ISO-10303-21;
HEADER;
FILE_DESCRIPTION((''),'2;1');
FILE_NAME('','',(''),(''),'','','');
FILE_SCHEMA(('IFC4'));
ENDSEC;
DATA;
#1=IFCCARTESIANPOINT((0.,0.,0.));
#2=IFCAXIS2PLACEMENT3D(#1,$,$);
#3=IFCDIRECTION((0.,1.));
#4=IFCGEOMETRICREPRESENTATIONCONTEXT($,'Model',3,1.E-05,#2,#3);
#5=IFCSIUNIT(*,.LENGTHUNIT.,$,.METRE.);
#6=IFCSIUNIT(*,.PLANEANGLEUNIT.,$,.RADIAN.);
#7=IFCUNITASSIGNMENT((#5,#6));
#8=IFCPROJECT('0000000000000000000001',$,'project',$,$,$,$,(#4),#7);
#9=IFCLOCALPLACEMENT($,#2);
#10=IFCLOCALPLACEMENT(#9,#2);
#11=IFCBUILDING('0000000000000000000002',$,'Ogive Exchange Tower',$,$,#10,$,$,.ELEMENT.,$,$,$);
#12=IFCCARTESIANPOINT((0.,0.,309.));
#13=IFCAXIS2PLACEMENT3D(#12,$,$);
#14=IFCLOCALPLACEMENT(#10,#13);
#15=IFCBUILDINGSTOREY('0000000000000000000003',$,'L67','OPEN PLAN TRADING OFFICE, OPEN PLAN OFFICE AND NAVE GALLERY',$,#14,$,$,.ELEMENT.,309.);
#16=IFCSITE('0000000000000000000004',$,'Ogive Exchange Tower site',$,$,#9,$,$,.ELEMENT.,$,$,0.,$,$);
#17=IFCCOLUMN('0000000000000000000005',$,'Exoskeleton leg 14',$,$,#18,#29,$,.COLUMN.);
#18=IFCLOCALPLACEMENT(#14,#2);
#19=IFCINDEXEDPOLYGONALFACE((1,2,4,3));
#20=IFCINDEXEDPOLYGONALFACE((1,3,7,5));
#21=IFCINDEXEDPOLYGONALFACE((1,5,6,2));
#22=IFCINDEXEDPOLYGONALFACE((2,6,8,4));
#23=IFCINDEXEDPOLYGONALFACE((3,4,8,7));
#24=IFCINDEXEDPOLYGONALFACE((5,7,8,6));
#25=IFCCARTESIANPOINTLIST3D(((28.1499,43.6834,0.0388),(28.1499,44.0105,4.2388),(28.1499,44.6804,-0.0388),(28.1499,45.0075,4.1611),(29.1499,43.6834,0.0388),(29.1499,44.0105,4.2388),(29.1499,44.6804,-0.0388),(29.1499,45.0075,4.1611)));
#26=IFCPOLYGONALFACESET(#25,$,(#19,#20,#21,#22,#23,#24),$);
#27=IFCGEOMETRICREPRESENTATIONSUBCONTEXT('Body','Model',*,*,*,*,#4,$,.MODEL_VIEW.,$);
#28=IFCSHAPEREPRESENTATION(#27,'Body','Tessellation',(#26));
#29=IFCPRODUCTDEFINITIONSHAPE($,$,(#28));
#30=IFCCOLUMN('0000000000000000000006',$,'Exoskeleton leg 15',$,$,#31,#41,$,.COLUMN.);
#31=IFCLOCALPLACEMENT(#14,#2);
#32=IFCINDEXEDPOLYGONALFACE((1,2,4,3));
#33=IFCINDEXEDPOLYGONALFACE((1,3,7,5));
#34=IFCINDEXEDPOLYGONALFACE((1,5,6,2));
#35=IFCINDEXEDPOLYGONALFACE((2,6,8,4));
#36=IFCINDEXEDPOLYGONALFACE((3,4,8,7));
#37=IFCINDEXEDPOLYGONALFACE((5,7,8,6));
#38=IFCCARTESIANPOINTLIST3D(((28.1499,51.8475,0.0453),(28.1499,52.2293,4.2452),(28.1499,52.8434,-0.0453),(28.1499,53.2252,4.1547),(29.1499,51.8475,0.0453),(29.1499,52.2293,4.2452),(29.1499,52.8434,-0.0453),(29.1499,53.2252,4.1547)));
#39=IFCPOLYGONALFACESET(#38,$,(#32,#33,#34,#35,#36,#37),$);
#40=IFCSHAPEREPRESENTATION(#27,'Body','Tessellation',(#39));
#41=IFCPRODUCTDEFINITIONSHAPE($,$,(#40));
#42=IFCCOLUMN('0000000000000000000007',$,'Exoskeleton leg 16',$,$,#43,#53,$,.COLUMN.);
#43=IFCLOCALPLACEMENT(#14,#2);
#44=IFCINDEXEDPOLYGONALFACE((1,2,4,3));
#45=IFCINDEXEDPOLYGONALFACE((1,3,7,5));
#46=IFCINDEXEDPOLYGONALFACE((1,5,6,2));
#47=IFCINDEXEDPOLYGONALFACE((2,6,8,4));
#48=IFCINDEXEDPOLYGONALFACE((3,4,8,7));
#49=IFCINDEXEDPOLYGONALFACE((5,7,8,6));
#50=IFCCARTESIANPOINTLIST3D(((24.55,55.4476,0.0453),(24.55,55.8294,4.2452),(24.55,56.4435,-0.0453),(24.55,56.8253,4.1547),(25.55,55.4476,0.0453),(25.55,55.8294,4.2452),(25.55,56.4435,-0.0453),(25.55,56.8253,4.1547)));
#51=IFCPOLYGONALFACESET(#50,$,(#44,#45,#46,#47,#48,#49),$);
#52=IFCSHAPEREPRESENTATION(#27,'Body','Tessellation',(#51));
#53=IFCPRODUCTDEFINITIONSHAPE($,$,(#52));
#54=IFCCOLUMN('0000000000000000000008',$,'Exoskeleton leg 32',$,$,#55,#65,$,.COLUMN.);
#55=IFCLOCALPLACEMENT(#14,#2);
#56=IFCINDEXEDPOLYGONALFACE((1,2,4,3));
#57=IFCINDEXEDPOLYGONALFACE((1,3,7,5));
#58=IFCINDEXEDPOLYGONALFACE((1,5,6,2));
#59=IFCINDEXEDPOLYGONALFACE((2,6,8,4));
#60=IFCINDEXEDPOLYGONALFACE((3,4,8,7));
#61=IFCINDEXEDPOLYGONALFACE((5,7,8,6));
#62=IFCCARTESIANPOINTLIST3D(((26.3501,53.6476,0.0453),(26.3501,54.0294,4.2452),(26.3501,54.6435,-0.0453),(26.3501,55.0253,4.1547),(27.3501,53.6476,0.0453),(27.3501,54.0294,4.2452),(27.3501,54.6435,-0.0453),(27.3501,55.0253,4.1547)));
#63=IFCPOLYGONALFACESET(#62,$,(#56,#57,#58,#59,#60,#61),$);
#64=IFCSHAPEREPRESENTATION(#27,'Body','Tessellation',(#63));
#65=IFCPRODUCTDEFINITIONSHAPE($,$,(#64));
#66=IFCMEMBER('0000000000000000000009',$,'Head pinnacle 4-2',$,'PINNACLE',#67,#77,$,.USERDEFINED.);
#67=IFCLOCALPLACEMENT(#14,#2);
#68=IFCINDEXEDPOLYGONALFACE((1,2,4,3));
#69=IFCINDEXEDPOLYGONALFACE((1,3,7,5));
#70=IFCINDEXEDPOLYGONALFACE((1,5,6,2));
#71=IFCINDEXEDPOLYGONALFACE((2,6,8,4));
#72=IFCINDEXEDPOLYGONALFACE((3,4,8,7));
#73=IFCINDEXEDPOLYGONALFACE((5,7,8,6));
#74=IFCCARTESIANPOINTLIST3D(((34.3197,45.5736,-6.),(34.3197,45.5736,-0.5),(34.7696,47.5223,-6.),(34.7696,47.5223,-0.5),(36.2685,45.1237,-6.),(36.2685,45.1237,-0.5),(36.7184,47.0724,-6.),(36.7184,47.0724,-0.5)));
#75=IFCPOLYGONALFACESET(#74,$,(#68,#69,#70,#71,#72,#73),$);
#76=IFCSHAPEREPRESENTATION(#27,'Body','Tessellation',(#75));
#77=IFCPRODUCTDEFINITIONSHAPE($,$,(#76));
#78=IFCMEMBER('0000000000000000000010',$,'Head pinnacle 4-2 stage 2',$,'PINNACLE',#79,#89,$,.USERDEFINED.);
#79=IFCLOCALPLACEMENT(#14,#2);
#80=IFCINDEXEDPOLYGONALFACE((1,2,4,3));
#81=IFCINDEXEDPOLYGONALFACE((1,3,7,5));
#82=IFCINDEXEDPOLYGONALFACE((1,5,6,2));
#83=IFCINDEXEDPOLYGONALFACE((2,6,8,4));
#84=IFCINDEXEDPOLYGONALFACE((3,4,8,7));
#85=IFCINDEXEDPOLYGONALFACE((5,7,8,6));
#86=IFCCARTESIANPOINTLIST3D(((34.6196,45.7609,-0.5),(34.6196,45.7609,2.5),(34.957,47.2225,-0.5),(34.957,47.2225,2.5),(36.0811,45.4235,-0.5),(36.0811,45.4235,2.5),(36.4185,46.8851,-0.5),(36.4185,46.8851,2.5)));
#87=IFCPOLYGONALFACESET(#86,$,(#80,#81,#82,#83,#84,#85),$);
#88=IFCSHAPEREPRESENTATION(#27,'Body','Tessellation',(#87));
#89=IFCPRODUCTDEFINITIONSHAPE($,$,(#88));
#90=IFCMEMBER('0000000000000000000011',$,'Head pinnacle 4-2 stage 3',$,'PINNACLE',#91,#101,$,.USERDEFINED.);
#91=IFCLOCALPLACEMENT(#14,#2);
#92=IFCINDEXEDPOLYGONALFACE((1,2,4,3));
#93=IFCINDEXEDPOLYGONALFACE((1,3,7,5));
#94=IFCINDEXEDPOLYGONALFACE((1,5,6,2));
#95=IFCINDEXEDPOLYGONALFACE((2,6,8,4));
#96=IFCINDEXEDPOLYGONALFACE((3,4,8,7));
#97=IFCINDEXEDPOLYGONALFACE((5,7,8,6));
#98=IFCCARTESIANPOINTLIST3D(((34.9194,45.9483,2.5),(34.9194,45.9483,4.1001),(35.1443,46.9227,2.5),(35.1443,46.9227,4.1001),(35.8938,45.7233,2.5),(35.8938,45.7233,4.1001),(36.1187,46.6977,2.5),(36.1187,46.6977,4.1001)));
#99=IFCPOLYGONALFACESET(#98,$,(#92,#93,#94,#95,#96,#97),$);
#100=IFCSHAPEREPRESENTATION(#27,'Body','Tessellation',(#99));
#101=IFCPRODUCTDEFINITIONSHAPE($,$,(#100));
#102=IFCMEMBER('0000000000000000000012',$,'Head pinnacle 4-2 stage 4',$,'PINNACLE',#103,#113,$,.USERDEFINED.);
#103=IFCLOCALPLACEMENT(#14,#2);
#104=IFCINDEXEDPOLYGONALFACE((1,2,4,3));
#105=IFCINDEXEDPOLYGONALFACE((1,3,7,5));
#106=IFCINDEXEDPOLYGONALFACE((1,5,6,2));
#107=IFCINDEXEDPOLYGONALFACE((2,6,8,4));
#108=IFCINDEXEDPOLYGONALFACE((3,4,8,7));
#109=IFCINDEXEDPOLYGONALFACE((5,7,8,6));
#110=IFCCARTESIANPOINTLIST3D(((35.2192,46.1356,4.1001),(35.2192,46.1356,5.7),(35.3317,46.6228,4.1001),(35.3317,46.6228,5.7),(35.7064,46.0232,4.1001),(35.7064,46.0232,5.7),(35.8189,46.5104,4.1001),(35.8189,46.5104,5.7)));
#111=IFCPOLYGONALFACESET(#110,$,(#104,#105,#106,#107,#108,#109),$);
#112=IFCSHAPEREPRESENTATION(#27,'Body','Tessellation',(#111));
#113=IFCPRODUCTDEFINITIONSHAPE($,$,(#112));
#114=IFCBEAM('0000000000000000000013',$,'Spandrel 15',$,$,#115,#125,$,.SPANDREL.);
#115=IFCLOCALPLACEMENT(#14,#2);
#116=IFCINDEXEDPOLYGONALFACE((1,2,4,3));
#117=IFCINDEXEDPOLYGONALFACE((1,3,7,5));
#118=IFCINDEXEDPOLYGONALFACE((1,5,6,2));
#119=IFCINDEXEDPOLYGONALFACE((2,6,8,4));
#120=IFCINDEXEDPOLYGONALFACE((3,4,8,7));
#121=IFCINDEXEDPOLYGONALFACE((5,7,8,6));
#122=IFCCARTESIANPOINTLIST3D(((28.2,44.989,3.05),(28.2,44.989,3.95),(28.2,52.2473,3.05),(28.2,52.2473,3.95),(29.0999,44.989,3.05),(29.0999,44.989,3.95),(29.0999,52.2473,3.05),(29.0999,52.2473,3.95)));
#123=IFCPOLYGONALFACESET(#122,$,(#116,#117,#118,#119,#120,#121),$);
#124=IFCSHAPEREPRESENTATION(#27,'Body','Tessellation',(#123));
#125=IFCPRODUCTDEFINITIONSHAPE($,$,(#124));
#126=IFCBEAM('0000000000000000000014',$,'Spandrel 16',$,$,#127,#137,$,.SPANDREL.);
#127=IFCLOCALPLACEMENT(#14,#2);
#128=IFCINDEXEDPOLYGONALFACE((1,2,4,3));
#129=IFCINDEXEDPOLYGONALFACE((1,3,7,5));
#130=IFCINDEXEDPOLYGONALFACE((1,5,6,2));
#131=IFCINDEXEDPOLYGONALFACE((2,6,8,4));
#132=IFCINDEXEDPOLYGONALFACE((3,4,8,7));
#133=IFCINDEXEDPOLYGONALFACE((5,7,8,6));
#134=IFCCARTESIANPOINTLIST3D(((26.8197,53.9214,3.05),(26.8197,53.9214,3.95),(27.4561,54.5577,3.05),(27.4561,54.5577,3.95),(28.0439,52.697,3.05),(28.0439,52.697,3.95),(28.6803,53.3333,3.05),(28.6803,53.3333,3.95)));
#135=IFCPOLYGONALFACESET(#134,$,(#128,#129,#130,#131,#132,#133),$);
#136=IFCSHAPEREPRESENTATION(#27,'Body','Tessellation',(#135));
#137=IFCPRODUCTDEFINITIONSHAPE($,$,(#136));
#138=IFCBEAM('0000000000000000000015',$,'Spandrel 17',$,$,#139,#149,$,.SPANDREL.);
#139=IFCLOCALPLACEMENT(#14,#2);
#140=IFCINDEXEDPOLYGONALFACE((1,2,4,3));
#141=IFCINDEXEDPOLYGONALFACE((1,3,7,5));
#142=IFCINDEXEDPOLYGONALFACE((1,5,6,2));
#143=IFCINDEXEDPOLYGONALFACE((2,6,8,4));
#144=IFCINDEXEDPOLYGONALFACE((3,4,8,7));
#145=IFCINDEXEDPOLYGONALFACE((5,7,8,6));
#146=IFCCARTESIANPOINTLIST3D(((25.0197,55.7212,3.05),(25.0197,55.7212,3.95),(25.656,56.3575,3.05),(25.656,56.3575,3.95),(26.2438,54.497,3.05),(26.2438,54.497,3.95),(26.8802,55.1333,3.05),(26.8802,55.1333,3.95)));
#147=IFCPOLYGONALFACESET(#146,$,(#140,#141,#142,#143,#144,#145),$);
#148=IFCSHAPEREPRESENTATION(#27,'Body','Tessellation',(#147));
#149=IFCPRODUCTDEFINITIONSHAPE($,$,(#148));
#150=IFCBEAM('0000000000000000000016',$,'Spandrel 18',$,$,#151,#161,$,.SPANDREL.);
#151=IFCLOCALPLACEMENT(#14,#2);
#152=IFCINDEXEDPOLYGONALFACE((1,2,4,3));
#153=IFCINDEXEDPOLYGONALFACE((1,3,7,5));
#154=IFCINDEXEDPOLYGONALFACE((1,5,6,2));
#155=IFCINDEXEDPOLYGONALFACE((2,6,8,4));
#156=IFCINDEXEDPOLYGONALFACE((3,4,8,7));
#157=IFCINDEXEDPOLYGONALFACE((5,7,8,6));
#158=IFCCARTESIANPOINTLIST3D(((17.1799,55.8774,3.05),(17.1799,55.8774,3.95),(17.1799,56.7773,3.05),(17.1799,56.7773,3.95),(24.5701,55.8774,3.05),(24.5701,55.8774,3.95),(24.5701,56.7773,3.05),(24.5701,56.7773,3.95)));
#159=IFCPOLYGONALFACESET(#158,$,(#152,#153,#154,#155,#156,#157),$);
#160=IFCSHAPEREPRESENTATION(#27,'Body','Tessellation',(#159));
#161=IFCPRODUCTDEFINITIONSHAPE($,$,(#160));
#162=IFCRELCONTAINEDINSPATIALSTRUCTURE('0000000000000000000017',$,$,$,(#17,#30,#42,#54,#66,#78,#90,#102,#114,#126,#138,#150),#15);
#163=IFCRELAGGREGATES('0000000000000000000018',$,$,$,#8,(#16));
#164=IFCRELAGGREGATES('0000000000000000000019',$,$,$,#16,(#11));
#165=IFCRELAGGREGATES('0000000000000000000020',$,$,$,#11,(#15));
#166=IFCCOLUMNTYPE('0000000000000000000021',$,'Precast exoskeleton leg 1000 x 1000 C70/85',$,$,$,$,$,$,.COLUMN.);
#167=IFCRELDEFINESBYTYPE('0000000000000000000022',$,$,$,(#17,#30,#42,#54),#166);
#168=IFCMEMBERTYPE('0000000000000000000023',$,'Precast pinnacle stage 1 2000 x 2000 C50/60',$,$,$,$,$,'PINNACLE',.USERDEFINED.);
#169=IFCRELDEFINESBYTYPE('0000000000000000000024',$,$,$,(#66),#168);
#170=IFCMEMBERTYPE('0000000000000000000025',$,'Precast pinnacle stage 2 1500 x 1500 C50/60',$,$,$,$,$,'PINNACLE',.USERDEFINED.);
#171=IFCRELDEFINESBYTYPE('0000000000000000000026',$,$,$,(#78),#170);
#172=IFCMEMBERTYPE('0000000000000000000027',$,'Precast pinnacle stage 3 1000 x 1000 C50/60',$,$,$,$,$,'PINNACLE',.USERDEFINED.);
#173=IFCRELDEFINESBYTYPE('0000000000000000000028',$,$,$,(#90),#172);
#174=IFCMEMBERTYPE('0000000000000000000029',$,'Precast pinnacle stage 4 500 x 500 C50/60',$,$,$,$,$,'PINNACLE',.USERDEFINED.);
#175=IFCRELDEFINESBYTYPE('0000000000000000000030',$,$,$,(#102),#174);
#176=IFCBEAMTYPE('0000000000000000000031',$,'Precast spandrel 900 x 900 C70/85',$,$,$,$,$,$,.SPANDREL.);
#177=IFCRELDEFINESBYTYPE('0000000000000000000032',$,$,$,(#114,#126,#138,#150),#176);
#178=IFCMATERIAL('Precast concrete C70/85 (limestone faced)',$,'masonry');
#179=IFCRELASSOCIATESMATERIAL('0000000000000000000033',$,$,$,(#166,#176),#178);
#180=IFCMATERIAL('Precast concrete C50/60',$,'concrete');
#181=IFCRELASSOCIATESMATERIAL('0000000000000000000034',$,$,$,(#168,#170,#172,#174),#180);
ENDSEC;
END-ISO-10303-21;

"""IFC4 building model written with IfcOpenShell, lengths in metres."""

from ifc_helpers import new_model, si_unit, direction, frame, origin, origin_2d, place, context, subcontext, project, spatial, rectangle, extrude, material, material_profile, profile_set, type_object, element, save


model = new_model("IFC4")

# Units and contexts
model_context = context("Model", 3, precision=1e-05, world=origin(), true_north=direction((0.0, 1.0)))
body_context = subcontext(model_context, "Body", "Model", "MODEL_VIEW")
ifc_project = project(units=[si_unit("LENGTHUNIT", "METRE"), si_unit("PLANEANGLEUNIT", "RADIAN")], contexts=[model_context])

# Site, building, storey
site_placement = place(None, origin())
site = spatial("IfcSite", under=ifc_project, at=site_placement, Name="Ogive Exchange Tower site", CompositionType="ELEMENT", RefElevation=0.0)
building_placement = place(site_placement, origin())
building = spatial("IfcBuilding", under=site, at=building_placement, Name="Ogive Exchange Tower", CompositionType="ELEMENT")
storey_placement = place(building_placement, frame((0.0, 0.0, 309.0)))
storey = spatial("IfcBuildingStorey", under=building, at=storey_placement, Name="L67", Description="OPEN PLAN TRADING OFFICE, OPEN PLAN OFFICE AND NAVE GALLERY", CompositionType="ELEMENT", Elevation=309.0)

# Columns
ifc_material_1 = material(Name="Precast concrete C70/85 (limestone faced)", Category="masonry")
ifc_material_profile_1 = material_profile(ifc_material_1, rectangle(XDim=1.0, YDim=1.0, at=origin_2d()), Name="1000 x 1000")
ifc_profile_set_1 = profile_set([ifc_material_profile_1], Name="Precast concrete C70/85 (limestone faced)")
column_type = type_object("IfcColumnType", Name="Precast exoskeleton leg 1000 x 1000 C70/85", PredefinedType="COLUMN", material=ifc_profile_set_1)
column_placement = place(storey_placement, frame((28.6499, 44.1819, 0.0), z_axis=(0.0, 0.077658, 0.99698), x_axis=(-1.0, 0.0, 0.0)))
element("IfcColumn", 1, at=column_placement, inside=storey, type_object=column_type, Name="Exoskeleton leg 14", PredefinedType="COLUMN", context=body_context, shape_type="SweptSolid", body=[
    extrude(rectangle(XDim=1.0, YDim=1.0, at=origin_2d()), origin(), (0.0, 0.0, 1.0), 4.2126),
])
for number, where, z_axis, x_axis, name in (
    (2, (28.6499, 52.3455, 0.0), (0.0, 0.090541, 0.995893), (-1.0, 0.0, 0.0), "Exoskeleton leg 15"),
    (3, (25.05, 55.9456, 0.0), (0.0, 0.090541, 0.995893), (-1.0, 0.0, 0.0), "Exoskeleton leg 16"),
    (4, (26.8501, 54.1455, 0.0), (0.0, 0.090541, 0.995893), (-1.0, 0.0, 0.0), "Exoskeleton leg 32"),
):
    element("IfcColumn", number, at=place(storey_placement, frame(where, z_axis=z_axis, x_axis=x_axis)), inside=storey, type_object=column_type, Name=name, PredefinedType="COLUMN", context=body_context, shape_type="SweptSolid", body=[
        extrude(rectangle(XDim=1.0, YDim=1.0, at=origin_2d()), origin(), (0.0, 0.0, 1.0), 4.2173),
    ])

# Members
ifc_material_2 = material(Name="Precast concrete C50/60", Category="concrete")
ifc_material_profile_2 = material_profile(ifc_material_2, rectangle(XDim=2.0, YDim=2.0, at=origin_2d()), Name="PINNACLE 1 2000 x 2000")
ifc_profile_set_2 = profile_set([ifc_material_profile_2], Name="Precast concrete C50/60")
member_type_1 = type_object("IfcMemberType", Name="Precast pinnacle stage 1 2000 x 2000 C50/60", ElementType="PINNACLE", PredefinedType="USERDEFINED", material=ifc_profile_set_2)
member_1_placement = place(storey_placement, frame((35.519, 46.323, -6.0), z_axis=(0.0, 0.0, 1.0), x_axis=(0.97437, -0.224951, 0.0)))
element("IfcMember", 5, at=member_1_placement, inside=storey, type_object=member_type_1, Name="Head pinnacle 4-2", ObjectType="PINNACLE", PredefinedType="USERDEFINED", context=body_context, shape_type="SweptSolid", body=[
    extrude(rectangle(XDim=2.0, YDim=2.0, at=origin_2d()), origin(), (0.0, 0.0, 1.0), 5.5),
])
ifc_material_profile_3 = material_profile(ifc_material_2, rectangle(XDim=1.5, YDim=1.5, at=origin_2d()), Name="PINNACLE 2 1500 x 1500")
ifc_profile_set_3 = profile_set([ifc_material_profile_3], Name="Precast concrete C50/60")
member_type_2 = type_object("IfcMemberType", Name="Precast pinnacle stage 2 1500 x 1500 C50/60", ElementType="PINNACLE", PredefinedType="USERDEFINED", material=ifc_profile_set_3)
member_2_placement = place(storey_placement, frame((35.519, 46.323, -0.5), z_axis=(0.0, 0.0, 1.0), x_axis=(0.97437, -0.224951, 0.0)))
element("IfcMember", 6, at=member_2_placement, inside=storey, type_object=member_type_2, Name="Head pinnacle 4-2 stage 2", ObjectType="PINNACLE", PredefinedType="USERDEFINED", context=body_context, shape_type="SweptSolid", body=[
    extrude(rectangle(XDim=1.5, YDim=1.5, at=origin_2d()), origin(), (0.0, 0.0, 1.0), 3.0),
])
ifc_material_profile_4 = material_profile(ifc_material_2, rectangle(XDim=1.0, YDim=1.0, at=origin_2d()), Name="PINNACLE 3 1000 x 1000")
ifc_profile_set_4 = profile_set([ifc_material_profile_4], Name="Precast concrete C50/60")
member_type_3 = type_object("IfcMemberType", Name="Precast pinnacle stage 3 1000 x 1000 C50/60", ElementType="PINNACLE", PredefinedType="USERDEFINED", material=ifc_profile_set_4)
member_3_placement = place(storey_placement, frame((35.519, 46.323, 2.5), z_axis=(0.0, 0.0, 1.0), x_axis=(0.97437, -0.224951, 0.0)))
element("IfcMember", 7, at=member_3_placement, inside=storey, type_object=member_type_3, Name="Head pinnacle 4-2 stage 3", ObjectType="PINNACLE", PredefinedType="USERDEFINED", context=body_context, shape_type="SweptSolid", body=[
    extrude(rectangle(XDim=1.0, YDim=1.0, at=origin_2d()), origin(), (0.0, 0.0, 1.0), 1.6001),
])
ifc_material_profile_5 = material_profile(ifc_material_2, rectangle(XDim=0.5, YDim=0.5, at=origin_2d()), Name="PINNACLE 4 500 x 500")
ifc_profile_set_5 = profile_set([ifc_material_profile_5], Name="Precast concrete C50/60")
member_type_4 = type_object("IfcMemberType", Name="Precast pinnacle stage 4 500 x 500 C50/60", ElementType="PINNACLE", PredefinedType="USERDEFINED", material=ifc_profile_set_5)
member_4_placement = place(storey_placement, frame((35.519, 46.323, 4.1001), z_axis=(0.0, 0.0, 1.0), x_axis=(0.97437, -0.224951, 0.0)))
element("IfcMember", 8, at=member_4_placement, inside=storey, type_object=member_type_4, Name="Head pinnacle 4-2 stage 4", ObjectType="PINNACLE", PredefinedType="USERDEFINED", context=body_context, shape_type="SweptSolid", body=[
    extrude(rectangle(XDim=0.5, YDim=0.5, at=origin_2d()), origin(), (0.0, 0.0, 1.0), 1.5999),
])

# Beams
ifc_material_profile_6 = material_profile(ifc_material_1, rectangle(XDim=0.8999, YDim=0.8999, at=origin_2d()), Name="900 x 900")
ifc_profile_set_6 = profile_set([ifc_material_profile_6], Name="Precast concrete C70/85 (limestone faced)")
beam_type = type_object("IfcBeamType", Name="Precast spandrel 900 x 900 C70/85", PredefinedType="SPANDREL", material=ifc_profile_set_6)
beam_1_placement = place(storey_placement, frame((28.6499, 44.989, 3.5), z_axis=(0.0, 1.0, 0.0), x_axis=(-1.0, 0.0, 0.0)))
element("IfcBeam", 9, at=beam_1_placement, inside=storey, type_object=beam_type, Name="Spandrel 15", PredefinedType="SPANDREL", context=body_context, shape_type="SweptSolid", body=[
    extrude(rectangle(XDim=0.8999, YDim=0.8999, at=origin_2d()), origin(), (0.0, 0.0, 1.0), 7.2583),
])
beam_2_placement = place(storey_placement, frame((28.3621, 53.0151, 3.5), z_axis=(-0.707036, 0.707177, 0.0), x_axis=(-0.707177, -0.707036, 0.0)))
element("IfcBeam", 10, at=beam_2_placement, inside=storey, type_object=beam_type, Name="Spandrel 16", PredefinedType="SPANDREL", context=body_context, shape_type="SweptSolid", body=[
    extrude(rectangle(XDim=0.8999, YDim=0.8999, at=origin_2d()), origin(), (0.0, 0.0, 1.0), 1.7314),
])
beam_3_placement = place(storey_placement, frame((26.562, 54.8152, 3.5), z_axis=(-0.707107, 0.707107, 0.0), x_axis=(-0.707107, -0.707107, 0.0)))
element("IfcBeam", 11, at=beam_3_placement, inside=storey, type_object=beam_type, Name="Spandrel 17", PredefinedType="SPANDREL", context=body_context, shape_type="SweptSolid", body=[
    extrude(rectangle(XDim=0.8999, YDim=0.8999, at=origin_2d()), origin(), (0.0, 0.0, 1.0), 1.7312),
])
beam_4_placement = place(storey_placement, frame((24.5701, 56.3274, 3.5), z_axis=(-1.0, 0.0, 0.0), x_axis=(0.0, -1.0, 0.0)))
element("IfcBeam", 12, at=beam_4_placement, inside=storey, type_object=beam_type, Name="Spandrel 18", PredefinedType="SPANDREL", context=body_context, shape_type="SweptSolid", body=[
    extrude(rectangle(XDim=0.8999, YDim=0.8999, at=origin_2d()), origin(), (0.0, 0.0, 1.0), 7.3901),
])

save(model, "model.ifc")
